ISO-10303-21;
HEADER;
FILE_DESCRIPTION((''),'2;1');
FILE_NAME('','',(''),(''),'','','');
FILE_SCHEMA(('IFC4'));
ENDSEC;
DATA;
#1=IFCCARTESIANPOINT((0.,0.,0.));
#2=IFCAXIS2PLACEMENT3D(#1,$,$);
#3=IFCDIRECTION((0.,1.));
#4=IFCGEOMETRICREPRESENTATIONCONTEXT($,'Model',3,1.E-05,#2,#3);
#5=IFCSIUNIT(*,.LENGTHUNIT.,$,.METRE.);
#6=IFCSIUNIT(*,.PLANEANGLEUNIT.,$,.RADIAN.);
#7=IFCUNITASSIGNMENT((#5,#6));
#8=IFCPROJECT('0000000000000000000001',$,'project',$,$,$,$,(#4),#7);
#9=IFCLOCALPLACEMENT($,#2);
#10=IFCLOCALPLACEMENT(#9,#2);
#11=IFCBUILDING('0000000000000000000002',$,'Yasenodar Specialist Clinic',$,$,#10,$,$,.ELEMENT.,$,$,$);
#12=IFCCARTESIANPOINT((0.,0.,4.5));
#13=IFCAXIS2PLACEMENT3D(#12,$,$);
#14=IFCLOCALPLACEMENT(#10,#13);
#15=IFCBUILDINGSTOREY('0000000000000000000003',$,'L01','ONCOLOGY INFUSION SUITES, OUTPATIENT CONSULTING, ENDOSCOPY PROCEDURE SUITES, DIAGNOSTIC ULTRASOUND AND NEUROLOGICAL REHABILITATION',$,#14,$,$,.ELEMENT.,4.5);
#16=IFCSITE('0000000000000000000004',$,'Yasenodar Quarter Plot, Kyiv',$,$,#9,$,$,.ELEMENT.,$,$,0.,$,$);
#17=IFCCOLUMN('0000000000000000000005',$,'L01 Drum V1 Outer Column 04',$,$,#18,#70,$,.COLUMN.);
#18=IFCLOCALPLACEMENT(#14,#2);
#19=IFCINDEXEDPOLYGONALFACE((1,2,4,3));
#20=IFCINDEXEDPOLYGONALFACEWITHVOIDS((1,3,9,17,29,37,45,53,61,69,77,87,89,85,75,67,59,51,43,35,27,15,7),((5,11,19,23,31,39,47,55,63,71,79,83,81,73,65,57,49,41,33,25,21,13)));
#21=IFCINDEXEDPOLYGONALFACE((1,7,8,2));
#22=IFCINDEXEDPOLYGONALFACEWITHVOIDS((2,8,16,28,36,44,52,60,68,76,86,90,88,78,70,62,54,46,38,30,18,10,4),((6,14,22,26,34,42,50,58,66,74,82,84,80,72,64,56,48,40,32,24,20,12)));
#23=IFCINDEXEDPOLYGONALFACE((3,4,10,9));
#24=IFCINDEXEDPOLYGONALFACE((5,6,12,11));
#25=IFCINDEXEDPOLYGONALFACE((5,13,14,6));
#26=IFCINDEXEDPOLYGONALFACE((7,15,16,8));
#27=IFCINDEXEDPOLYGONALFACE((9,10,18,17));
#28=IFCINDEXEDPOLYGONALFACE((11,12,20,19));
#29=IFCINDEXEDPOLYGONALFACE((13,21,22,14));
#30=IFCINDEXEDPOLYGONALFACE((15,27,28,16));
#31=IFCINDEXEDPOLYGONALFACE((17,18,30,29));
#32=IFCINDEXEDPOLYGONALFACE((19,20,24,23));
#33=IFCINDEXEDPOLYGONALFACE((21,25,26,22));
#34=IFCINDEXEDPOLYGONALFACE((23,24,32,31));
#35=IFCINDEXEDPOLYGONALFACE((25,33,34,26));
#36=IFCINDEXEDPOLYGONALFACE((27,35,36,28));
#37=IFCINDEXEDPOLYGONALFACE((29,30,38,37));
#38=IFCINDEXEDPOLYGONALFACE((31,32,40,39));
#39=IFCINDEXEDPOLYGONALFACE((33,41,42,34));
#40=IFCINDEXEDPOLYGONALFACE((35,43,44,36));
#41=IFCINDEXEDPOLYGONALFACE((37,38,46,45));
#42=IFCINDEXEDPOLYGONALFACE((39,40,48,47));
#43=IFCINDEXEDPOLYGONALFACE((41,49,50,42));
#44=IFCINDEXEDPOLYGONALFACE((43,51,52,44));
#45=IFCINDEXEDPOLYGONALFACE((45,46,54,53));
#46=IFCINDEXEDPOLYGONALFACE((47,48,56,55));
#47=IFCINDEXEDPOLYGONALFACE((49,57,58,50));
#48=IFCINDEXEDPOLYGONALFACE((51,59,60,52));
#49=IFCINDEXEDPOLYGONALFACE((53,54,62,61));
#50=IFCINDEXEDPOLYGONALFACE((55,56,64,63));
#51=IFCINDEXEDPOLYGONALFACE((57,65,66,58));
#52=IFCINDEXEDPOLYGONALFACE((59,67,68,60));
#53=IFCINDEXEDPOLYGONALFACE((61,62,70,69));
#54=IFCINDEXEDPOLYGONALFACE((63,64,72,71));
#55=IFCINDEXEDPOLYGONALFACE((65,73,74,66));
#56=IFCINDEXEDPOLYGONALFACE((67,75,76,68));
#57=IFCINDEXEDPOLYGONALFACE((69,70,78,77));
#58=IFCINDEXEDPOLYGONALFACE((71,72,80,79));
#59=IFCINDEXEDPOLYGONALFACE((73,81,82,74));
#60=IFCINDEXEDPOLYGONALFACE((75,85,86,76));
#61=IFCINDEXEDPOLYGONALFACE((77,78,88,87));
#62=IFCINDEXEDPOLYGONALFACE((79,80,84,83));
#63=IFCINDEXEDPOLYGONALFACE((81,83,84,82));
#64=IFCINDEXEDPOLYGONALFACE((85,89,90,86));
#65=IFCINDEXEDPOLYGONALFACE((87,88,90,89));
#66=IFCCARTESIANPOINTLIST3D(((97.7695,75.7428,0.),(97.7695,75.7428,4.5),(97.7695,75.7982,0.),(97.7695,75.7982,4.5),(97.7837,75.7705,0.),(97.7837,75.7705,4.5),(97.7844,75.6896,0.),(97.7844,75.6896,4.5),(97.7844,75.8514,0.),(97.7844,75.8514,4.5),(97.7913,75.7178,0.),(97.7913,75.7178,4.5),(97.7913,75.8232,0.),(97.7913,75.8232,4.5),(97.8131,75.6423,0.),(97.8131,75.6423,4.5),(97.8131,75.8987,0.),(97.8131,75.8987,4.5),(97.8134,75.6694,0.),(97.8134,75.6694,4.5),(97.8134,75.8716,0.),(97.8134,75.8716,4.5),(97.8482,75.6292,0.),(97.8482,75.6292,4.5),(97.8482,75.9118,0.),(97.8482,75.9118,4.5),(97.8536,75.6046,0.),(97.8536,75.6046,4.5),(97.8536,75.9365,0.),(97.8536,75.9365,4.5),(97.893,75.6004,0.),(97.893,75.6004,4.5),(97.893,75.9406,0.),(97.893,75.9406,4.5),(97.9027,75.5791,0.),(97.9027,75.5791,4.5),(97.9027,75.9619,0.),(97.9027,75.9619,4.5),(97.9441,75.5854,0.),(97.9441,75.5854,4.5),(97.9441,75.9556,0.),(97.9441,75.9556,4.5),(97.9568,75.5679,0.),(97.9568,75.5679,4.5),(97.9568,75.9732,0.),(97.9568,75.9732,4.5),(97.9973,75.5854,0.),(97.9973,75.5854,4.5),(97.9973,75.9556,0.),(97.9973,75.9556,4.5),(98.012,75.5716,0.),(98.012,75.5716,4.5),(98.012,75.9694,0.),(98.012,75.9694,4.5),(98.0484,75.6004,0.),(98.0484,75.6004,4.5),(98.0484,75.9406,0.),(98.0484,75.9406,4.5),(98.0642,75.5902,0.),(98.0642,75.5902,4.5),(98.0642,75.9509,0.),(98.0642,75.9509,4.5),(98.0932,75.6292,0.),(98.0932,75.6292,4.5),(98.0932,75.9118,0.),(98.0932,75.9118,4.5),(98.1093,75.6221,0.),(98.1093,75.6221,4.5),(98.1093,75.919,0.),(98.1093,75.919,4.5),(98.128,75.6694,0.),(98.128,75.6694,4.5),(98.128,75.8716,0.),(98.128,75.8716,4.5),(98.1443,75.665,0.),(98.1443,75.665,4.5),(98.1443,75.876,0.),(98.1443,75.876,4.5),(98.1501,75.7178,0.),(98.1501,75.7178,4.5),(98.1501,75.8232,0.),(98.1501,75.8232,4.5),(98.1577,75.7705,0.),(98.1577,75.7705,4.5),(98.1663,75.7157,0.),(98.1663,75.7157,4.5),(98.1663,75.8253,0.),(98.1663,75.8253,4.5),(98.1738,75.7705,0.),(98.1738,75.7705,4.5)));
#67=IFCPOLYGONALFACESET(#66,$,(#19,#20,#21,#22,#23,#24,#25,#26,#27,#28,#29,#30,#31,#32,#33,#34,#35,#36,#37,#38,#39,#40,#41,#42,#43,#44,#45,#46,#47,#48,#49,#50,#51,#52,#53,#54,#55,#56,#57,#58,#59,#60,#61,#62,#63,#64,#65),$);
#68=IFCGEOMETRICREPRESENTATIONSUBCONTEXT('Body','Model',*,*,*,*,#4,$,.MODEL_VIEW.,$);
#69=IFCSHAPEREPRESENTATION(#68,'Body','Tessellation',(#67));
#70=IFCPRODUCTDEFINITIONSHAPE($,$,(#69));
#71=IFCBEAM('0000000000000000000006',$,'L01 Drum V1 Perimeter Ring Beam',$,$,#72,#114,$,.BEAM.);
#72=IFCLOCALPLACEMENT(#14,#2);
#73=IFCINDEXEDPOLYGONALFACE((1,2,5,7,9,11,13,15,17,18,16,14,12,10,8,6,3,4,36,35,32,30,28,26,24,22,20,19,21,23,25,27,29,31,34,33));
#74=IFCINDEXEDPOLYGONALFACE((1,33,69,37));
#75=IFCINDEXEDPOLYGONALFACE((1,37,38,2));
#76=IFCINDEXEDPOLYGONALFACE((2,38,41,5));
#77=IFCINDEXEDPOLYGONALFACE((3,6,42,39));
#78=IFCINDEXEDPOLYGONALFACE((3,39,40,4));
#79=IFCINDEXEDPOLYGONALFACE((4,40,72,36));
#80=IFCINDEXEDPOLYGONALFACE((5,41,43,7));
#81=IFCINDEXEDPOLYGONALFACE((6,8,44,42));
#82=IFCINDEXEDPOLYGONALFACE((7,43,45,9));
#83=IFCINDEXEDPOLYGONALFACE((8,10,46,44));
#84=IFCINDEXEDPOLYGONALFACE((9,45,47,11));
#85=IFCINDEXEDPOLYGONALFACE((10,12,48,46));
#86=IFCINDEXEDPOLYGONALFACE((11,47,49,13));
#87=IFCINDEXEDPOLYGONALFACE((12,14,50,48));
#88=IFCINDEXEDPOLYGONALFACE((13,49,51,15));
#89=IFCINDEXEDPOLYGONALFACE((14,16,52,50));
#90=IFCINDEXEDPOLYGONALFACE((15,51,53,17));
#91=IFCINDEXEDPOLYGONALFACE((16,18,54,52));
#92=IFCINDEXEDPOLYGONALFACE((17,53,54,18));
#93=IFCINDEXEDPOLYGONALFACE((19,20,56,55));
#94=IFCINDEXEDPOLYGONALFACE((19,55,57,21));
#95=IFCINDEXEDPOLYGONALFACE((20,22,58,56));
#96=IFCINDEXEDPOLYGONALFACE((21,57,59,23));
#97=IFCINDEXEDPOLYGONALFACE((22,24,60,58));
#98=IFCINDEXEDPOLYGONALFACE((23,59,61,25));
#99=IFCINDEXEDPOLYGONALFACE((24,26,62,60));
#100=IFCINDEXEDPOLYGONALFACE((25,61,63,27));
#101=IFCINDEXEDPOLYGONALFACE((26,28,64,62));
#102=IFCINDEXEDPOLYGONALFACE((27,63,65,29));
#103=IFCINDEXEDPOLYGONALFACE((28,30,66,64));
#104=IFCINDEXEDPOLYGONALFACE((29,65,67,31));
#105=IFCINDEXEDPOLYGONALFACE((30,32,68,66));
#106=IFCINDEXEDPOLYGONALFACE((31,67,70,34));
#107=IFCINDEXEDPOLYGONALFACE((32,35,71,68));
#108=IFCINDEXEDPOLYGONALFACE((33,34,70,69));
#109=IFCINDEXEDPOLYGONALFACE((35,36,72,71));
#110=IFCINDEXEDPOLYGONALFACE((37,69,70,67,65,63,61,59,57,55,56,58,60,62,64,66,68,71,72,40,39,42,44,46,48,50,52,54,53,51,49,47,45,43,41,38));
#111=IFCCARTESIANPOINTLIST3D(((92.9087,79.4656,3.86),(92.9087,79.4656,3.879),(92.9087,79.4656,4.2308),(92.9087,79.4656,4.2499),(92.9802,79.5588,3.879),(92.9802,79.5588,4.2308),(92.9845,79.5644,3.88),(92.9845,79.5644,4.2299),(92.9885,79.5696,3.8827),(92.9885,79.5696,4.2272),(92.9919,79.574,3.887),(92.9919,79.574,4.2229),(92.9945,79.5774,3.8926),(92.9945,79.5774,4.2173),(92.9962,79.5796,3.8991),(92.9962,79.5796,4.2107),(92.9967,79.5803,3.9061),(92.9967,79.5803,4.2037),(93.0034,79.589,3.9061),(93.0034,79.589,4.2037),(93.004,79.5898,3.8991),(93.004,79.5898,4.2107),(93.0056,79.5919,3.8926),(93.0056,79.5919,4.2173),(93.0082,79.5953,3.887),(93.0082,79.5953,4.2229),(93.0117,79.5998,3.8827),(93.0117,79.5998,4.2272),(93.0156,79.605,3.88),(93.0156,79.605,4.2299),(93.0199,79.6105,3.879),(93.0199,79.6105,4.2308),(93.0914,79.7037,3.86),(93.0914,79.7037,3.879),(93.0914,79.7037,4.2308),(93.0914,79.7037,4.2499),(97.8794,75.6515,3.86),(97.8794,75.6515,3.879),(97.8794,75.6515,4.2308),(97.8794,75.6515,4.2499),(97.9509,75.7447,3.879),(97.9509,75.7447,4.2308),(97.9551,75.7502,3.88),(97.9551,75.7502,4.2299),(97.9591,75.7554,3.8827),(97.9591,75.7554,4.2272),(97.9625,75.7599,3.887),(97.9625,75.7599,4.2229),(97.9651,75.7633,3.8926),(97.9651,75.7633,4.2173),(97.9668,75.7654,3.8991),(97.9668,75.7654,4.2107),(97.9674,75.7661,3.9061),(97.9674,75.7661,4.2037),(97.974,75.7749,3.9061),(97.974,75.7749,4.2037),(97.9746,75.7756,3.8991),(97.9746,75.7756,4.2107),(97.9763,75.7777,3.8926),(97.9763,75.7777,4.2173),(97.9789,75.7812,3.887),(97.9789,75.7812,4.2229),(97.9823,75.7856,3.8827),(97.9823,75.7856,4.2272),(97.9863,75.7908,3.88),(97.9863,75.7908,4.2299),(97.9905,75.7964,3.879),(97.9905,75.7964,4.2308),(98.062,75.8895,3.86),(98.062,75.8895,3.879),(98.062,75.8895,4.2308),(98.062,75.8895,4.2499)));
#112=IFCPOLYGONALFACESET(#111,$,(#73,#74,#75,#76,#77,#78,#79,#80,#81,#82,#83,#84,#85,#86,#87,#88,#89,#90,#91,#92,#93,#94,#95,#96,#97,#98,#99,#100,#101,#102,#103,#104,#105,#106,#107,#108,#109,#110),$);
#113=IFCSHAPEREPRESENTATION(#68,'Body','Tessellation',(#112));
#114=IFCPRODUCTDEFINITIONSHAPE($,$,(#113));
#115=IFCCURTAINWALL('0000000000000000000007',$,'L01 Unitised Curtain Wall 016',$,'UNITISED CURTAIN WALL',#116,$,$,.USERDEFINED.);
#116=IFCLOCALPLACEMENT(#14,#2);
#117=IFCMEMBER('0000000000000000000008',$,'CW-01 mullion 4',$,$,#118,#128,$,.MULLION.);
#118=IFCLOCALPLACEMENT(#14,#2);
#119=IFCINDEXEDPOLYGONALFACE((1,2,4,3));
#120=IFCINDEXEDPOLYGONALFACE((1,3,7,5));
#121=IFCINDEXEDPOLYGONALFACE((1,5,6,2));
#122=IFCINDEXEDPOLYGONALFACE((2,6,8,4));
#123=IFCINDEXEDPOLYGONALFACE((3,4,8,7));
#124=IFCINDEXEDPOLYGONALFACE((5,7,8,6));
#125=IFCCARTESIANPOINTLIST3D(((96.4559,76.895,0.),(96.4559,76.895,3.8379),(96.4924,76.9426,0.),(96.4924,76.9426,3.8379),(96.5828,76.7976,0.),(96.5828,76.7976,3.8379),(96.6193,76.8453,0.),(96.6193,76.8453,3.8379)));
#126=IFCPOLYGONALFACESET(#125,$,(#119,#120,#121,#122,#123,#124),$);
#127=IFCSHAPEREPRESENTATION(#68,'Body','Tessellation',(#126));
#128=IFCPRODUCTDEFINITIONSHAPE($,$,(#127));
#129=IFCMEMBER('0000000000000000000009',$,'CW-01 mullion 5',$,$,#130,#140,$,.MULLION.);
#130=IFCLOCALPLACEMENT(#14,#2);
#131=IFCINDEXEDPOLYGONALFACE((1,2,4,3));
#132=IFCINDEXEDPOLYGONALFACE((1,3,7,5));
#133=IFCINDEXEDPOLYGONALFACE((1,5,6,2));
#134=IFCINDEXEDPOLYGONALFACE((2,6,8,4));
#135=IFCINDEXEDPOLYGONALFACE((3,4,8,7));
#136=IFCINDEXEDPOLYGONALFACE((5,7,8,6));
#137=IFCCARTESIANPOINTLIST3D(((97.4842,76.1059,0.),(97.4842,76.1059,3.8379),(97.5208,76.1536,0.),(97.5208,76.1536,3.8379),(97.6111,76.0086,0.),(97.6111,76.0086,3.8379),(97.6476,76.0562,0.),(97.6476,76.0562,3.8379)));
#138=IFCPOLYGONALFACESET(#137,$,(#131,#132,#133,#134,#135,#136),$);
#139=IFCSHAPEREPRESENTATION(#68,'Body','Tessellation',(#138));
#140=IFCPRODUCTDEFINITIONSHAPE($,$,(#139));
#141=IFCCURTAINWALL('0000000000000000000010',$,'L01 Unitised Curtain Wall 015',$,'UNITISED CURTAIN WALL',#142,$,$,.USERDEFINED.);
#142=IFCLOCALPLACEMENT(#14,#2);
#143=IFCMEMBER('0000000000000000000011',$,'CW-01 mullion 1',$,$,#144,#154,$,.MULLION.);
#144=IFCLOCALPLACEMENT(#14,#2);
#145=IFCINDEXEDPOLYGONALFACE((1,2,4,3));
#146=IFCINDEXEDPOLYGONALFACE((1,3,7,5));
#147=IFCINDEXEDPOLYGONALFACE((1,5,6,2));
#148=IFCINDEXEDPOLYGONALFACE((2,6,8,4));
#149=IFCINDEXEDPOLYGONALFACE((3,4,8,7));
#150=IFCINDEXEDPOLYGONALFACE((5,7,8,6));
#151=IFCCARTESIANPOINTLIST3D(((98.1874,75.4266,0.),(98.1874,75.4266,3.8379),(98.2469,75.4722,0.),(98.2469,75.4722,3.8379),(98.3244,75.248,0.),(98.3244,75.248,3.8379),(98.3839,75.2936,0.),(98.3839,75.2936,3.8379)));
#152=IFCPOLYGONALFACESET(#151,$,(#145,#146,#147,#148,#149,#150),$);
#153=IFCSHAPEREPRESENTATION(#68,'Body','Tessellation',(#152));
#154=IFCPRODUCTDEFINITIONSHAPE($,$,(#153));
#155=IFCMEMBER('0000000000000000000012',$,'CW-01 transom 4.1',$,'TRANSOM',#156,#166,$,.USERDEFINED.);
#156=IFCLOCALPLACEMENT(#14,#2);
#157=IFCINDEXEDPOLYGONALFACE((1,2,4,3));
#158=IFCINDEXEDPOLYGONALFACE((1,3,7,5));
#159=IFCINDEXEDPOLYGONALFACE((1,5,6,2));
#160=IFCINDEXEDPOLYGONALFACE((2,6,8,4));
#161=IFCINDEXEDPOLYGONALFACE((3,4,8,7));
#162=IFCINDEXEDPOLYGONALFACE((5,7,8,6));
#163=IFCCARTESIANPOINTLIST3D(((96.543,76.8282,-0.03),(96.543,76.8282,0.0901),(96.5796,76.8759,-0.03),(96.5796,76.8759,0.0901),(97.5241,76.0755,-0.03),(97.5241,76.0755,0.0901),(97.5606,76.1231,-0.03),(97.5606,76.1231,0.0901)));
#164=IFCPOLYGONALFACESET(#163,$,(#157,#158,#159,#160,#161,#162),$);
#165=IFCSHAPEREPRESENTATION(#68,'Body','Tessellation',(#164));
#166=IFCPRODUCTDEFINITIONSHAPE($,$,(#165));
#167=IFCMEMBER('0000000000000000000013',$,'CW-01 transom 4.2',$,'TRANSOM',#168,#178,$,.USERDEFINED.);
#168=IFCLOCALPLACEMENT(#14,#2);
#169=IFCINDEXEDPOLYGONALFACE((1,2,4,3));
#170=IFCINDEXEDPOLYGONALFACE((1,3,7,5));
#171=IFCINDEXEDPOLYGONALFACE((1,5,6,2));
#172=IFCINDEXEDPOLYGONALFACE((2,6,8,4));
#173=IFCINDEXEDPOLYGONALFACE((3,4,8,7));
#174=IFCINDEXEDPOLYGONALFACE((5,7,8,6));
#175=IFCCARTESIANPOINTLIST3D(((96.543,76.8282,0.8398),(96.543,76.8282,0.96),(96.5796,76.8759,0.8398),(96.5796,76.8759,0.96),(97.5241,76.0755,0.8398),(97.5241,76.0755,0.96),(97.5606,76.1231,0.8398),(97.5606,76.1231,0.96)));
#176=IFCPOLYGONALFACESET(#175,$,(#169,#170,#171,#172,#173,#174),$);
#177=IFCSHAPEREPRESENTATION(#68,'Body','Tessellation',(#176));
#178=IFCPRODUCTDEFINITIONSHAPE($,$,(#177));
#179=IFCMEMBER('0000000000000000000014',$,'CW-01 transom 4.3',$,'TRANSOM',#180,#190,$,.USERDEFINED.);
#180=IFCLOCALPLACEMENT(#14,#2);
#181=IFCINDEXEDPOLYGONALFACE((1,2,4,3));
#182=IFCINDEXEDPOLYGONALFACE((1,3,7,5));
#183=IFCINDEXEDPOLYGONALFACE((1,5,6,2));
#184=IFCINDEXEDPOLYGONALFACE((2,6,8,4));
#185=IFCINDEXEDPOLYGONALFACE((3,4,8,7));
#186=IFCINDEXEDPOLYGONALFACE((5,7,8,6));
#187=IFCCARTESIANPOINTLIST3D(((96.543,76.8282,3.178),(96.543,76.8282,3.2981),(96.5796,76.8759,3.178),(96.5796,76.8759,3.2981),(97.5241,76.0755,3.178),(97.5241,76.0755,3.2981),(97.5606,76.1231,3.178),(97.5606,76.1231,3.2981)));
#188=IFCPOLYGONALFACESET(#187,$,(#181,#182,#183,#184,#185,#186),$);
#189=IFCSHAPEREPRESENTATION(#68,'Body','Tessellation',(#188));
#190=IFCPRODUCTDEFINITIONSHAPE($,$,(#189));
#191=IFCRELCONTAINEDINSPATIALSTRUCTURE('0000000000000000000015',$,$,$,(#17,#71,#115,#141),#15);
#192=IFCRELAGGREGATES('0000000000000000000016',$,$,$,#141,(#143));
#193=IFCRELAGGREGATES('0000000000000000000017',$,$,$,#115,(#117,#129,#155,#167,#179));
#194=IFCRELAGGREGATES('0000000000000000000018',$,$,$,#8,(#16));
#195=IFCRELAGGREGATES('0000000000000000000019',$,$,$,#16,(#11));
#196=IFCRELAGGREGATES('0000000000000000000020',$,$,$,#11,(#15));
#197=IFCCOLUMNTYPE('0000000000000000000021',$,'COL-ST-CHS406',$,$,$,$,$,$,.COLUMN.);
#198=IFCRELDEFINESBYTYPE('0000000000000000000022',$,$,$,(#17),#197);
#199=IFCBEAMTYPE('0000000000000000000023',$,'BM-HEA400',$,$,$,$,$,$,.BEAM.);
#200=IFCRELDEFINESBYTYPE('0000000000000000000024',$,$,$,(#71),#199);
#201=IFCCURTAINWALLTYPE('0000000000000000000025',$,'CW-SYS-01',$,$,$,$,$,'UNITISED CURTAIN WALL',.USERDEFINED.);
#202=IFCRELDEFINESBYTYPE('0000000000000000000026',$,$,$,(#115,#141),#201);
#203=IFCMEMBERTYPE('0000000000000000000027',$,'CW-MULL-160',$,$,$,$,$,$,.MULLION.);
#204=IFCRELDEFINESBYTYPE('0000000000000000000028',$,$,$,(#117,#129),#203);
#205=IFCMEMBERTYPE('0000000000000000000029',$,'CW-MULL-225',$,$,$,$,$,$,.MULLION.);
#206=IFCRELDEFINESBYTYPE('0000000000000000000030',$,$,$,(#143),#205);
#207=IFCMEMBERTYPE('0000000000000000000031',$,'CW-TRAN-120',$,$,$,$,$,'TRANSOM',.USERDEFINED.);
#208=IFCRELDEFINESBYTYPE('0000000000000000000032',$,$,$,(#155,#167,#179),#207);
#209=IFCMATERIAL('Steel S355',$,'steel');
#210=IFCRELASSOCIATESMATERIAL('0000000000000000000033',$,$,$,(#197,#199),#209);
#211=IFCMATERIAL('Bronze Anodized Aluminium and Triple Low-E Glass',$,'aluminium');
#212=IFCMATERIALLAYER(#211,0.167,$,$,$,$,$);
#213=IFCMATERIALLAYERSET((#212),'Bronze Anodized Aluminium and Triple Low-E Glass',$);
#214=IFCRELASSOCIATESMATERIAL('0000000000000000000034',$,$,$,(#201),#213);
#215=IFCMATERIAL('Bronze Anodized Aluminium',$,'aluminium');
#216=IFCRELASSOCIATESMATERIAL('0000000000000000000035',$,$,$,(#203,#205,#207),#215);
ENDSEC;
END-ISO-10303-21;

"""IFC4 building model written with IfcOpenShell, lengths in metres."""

from ifc_helpers import new_model, si_unit, direction, frame, origin, origin_2d, place, context, subcontext, project, spatial, rectangle, hollow_circle, i_section, extrude, material, layer, layer_set, material_profile, profile_set, type_object, element, aggregate, save


model = new_model("IFC4")

# Units and contexts
model_context = context("Model", 3, precision=1e-05, world=origin(), true_north=direction((0.0, 1.0)))
body_context = subcontext(model_context, "Body", "Model", "MODEL_VIEW")
ifc_project = project(units=[si_unit("LENGTHUNIT", "METRE"), si_unit("PLANEANGLEUNIT", "RADIAN")], contexts=[model_context])

# Site, building, storey
site_placement = place(None, origin())
site = spatial("IfcSite", under=ifc_project, at=site_placement, Name="Yasenodar Quarter Plot, Kyiv", CompositionType="ELEMENT", RefElevation=0.0)
building_placement = place(site_placement, origin())
building = spatial("IfcBuilding", under=site, at=building_placement, Name="Yasenodar Specialist Clinic", CompositionType="ELEMENT")
storey_placement = place(building_placement, frame((0.0, 0.0, 4.5)))
storey = spatial("IfcBuildingStorey", under=building, at=storey_placement, Name="L01", Description="ONCOLOGY INFUSION SUITES, OUTPATIENT CONSULTING, ENDOSCOPY PROCEDURE SUITES, DIAGNOSTIC ULTRASOUND AND NEUROLOGICAL REHABILITATION", CompositionType="ELEMENT", Elevation=4.5)

# Column
ifc_material_1 = material(Name="Steel S355", Category="steel")
ifc_material_profile_1 = material_profile(ifc_material_1, hollow_circle(Radius=0.2031, WallThickness=0.0161, at=origin_2d()), Name="CHS 406.4x16")
ifc_profile_set_1 = profile_set([ifc_material_profile_1], Name="Steel S355")
column_type = type_object("IfcColumnType", Name="COL-ST-CHS406", PredefinedType="COLUMN", material=ifc_profile_set_1)
column_placement = place(storey_placement, frame((97.9707, 75.7705, 0.0), z_axis=(0.0, 0.0, 1.0), x_axis=(1.0, 0.0, 0.0)))
element("IfcColumn", 1, at=column_placement, inside=storey, type_object=column_type, Name="L01 Drum V1 Outer Column 04", PredefinedType="COLUMN", context=body_context, shape_type="SweptSolid", body=[
    extrude(hollow_circle(Radius=0.2031, WallThickness=0.0161, at=origin_2d()), origin(), (0.0, 0.0, 1.0), 4.5),
])

# Beam
ifc_material_profile_2 = material_profile(ifc_material_1, i_section(OverallWidth=0.3, OverallDepth=0.3899, WebThickness=0.011, FlangeThickness=0.019, FilletRadius=0.0271, at=origin_2d()), Name="HEA 400")
ifc_profile_set_2 = profile_set([ifc_material_profile_2], Name="Steel S355")
beam_type = type_object("IfcBeamType", Name="BM-HEA400", PredefinedType="BEAM", material=ifc_profile_set_2)
beam_placement = place(storey_placement, frame((97.9707, 75.7705, 4.0549), z_axis=(-0.793349, 0.608767, 0.0), x_axis=(-0.608767, -0.793349, 0.0)))
element("IfcBeam", 2, at=beam_placement, inside=storey, type_object=beam_type, Name="L01 Drum V1 Perimeter Ring Beam", PredefinedType="BEAM", context=body_context, shape_type="SweptSolid", body=[
    extrude(i_section(OverallWidth=0.3, OverallDepth=0.3899, WebThickness=0.011, FlangeThickness=0.019, FilletRadius=0.0271, at=origin_2d()), origin(), (0.0, 0.0, 1.0), 6.2654),
])

# Curtain wall, members
ifc_material_2 = material(Name="Bronze Anodized Aluminium and Triple Low-E Glass", Category="aluminium")
ifc_layer_1 = layer(ifc_material_2, 0.167)
ifc_layer_set_1 = layer_set([ifc_layer_1], Name="Bronze Anodized Aluminium and Triple Low-E Glass")
curtain_wall_type = type_object("IfcCurtainWallType", Name="CW-SYS-01", ElementType="UNITISED CURTAIN WALL", PredefinedType="USERDEFINED", material=ifc_layer_set_1)
curtain_wall_1_placement = place(storey_placement, origin())
curtain_wall_1 = element("IfcCurtainWall", 3, at=curtain_wall_1_placement, inside=storey, type_object=curtain_wall_type, Name="L01 Unitised Curtain Wall 016", ObjectType="UNITISED CURTAIN WALL", PredefinedType="USERDEFINED")
ifc_material_3 = material(Name="Bronze Anodized Aluminium", Category="aluminium")
ifc_material_profile_3 = material_profile(ifc_material_3, rectangle(XDim=0.0601, YDim=0.1599, at=origin_2d()), Name="CW-MULL 60x160")
ifc_profile_set_3 = profile_set([ifc_material_profile_3], Name="Bronze Anodized Aluminium")
member_type_1 = type_object("IfcMemberType", Name="CW-MULL-160", PredefinedType="MULLION", material=ifc_profile_set_3)
member_1_placement = place(storey_placement, frame((96.5376, 76.8701, 0.0), z_axis=(0.0, 0.0, 1.0), x_axis=(0.608752, 0.793361, 0.0)))
member_1 = element("IfcMember", 4, at=member_1_placement, type_object=member_type_1, Name="CW-01 mullion 4", PredefinedType="MULLION", context=body_context, shape_type="SweptSolid", body=[
    extrude(rectangle(XDim=0.0601, YDim=0.1599, at=origin_2d()), origin(), (0.0, 0.0, 1.0), 3.8379),
])
member_2_placement = place(storey_placement, frame((97.5659, 76.0811, 0.0), z_axis=(0.0, 0.0, 1.0), x_axis=(0.608752, 0.793361, 0.0)))
member_2 = element("IfcMember", 5, at=member_2_placement, type_object=member_type_1, Name="CW-01 mullion 5", PredefinedType="MULLION", context=body_context, shape_type="SweptSolid", body=[
    extrude(rectangle(XDim=0.0601, YDim=0.1599, at=origin_2d()), origin(), (0.0, 0.0, 1.0), 3.8379),
])

# Curtain wall, member
curtain_wall_2_placement = place(storey_placement, origin())
curtain_wall_2 = element("IfcCurtainWall", 6, at=curtain_wall_2_placement, inside=storey, type_object=curtain_wall_type, Name="L01 Unitised Curtain Wall 015", ObjectType="UNITISED CURTAIN WALL", PredefinedType="USERDEFINED")
ifc_material_profile_4 = material_profile(ifc_material_3, rectangle(XDim=0.075, YDim=0.2251, at=origin_2d()), Name="CW-MULL 75x225")
ifc_profile_set_4 = profile_set([ifc_material_profile_4], Name="Bronze Anodized Aluminium")
member_type_2 = type_object("IfcMemberType", Name="CW-MULL-225", PredefinedType="MULLION", material=ifc_profile_set_4)
member_3_placement = place(storey_placement, frame((98.2856, 75.3601, 0.0), z_axis=(0.0, 0.0, 1.0), x_axis=(0.793361, 0.608752, 0.0)))
member_3 = element("IfcMember", 7, at=member_3_placement, type_object=member_type_2, Name="CW-01 mullion 1", PredefinedType="MULLION", context=body_context, shape_type="SweptSolid", body=[
    extrude(rectangle(XDim=0.075, YDim=0.2251, at=origin_2d()), origin(), (0.0, 0.0, 1.0), 3.8379),
])
aggregate(curtain_wall_2, [member_3])

# Members
ifc_material_profile_5 = material_profile(ifc_material_3, rectangle(XDim=0.0601, YDim=0.1201, at=origin_2d()), Name="CW-TRAN 60x120")
ifc_profile_set_5 = profile_set([ifc_material_profile_5], Name="Bronze Anodized Aluminium")
member_type_3 = type_object("IfcMemberType", Name="CW-TRAN-120", ElementType="TRANSOM", PredefinedType="USERDEFINED", material=ifc_profile_set_5)
member_4_placement = place(storey_placement, frame((96.5613, 76.8521, 0.03), z_axis=(0.793365, -0.608747, 0.0), x_axis=(0.608747, 0.793365, 0.0)))
member_4 = element("IfcMember", 8, at=member_4_placement, type_object=member_type_3, Name="CW-01 transom 4.1", ObjectType="TRANSOM", PredefinedType="USERDEFINED", context=body_context, shape_type="SweptSolid", body=[
    extrude(rectangle(XDim=0.0601, YDim=0.1201, at=origin_2d()), origin(), (0.0, 0.0, 1.0), 1.2366),
])
member_5_placement = place(storey_placement, frame((96.5613, 76.8521, 0.8999), z_axis=(0.793365, -0.608747, 0.0), x_axis=(0.608747, 0.793365, 0.0)))
member_5 = element("IfcMember", 9, at=member_5_placement, type_object=member_type_3, Name="CW-01 transom 4.2", ObjectType="TRANSOM", PredefinedType="USERDEFINED", context=body_context, shape_type="SweptSolid", body=[
    extrude(rectangle(XDim=0.0601, YDim=0.1201, at=origin_2d()), origin(), (0.0, 0.0, 1.0), 1.2366),
])
member_6_placement = place(storey_placement, frame((96.5613, 76.8521, 3.238), z_axis=(0.793365, -0.608747, 0.0), x_axis=(0.608747, 0.793365, 0.0)))
member_6 = element("IfcMember", 10, at=member_6_placement, type_object=member_type_3, Name="CW-01 transom 4.3", ObjectType="TRANSOM", PredefinedType="USERDEFINED", context=body_context, shape_type="SweptSolid", body=[
    extrude(rectangle(XDim=0.0601, YDim=0.1201, at=origin_2d()), origin(), (0.0, 0.0, 1.0), 1.2366),
])

aggregate(curtain_wall_1, [member_1, member_2, member_4, member_5, member_6])

save(model, "model.ifc")
